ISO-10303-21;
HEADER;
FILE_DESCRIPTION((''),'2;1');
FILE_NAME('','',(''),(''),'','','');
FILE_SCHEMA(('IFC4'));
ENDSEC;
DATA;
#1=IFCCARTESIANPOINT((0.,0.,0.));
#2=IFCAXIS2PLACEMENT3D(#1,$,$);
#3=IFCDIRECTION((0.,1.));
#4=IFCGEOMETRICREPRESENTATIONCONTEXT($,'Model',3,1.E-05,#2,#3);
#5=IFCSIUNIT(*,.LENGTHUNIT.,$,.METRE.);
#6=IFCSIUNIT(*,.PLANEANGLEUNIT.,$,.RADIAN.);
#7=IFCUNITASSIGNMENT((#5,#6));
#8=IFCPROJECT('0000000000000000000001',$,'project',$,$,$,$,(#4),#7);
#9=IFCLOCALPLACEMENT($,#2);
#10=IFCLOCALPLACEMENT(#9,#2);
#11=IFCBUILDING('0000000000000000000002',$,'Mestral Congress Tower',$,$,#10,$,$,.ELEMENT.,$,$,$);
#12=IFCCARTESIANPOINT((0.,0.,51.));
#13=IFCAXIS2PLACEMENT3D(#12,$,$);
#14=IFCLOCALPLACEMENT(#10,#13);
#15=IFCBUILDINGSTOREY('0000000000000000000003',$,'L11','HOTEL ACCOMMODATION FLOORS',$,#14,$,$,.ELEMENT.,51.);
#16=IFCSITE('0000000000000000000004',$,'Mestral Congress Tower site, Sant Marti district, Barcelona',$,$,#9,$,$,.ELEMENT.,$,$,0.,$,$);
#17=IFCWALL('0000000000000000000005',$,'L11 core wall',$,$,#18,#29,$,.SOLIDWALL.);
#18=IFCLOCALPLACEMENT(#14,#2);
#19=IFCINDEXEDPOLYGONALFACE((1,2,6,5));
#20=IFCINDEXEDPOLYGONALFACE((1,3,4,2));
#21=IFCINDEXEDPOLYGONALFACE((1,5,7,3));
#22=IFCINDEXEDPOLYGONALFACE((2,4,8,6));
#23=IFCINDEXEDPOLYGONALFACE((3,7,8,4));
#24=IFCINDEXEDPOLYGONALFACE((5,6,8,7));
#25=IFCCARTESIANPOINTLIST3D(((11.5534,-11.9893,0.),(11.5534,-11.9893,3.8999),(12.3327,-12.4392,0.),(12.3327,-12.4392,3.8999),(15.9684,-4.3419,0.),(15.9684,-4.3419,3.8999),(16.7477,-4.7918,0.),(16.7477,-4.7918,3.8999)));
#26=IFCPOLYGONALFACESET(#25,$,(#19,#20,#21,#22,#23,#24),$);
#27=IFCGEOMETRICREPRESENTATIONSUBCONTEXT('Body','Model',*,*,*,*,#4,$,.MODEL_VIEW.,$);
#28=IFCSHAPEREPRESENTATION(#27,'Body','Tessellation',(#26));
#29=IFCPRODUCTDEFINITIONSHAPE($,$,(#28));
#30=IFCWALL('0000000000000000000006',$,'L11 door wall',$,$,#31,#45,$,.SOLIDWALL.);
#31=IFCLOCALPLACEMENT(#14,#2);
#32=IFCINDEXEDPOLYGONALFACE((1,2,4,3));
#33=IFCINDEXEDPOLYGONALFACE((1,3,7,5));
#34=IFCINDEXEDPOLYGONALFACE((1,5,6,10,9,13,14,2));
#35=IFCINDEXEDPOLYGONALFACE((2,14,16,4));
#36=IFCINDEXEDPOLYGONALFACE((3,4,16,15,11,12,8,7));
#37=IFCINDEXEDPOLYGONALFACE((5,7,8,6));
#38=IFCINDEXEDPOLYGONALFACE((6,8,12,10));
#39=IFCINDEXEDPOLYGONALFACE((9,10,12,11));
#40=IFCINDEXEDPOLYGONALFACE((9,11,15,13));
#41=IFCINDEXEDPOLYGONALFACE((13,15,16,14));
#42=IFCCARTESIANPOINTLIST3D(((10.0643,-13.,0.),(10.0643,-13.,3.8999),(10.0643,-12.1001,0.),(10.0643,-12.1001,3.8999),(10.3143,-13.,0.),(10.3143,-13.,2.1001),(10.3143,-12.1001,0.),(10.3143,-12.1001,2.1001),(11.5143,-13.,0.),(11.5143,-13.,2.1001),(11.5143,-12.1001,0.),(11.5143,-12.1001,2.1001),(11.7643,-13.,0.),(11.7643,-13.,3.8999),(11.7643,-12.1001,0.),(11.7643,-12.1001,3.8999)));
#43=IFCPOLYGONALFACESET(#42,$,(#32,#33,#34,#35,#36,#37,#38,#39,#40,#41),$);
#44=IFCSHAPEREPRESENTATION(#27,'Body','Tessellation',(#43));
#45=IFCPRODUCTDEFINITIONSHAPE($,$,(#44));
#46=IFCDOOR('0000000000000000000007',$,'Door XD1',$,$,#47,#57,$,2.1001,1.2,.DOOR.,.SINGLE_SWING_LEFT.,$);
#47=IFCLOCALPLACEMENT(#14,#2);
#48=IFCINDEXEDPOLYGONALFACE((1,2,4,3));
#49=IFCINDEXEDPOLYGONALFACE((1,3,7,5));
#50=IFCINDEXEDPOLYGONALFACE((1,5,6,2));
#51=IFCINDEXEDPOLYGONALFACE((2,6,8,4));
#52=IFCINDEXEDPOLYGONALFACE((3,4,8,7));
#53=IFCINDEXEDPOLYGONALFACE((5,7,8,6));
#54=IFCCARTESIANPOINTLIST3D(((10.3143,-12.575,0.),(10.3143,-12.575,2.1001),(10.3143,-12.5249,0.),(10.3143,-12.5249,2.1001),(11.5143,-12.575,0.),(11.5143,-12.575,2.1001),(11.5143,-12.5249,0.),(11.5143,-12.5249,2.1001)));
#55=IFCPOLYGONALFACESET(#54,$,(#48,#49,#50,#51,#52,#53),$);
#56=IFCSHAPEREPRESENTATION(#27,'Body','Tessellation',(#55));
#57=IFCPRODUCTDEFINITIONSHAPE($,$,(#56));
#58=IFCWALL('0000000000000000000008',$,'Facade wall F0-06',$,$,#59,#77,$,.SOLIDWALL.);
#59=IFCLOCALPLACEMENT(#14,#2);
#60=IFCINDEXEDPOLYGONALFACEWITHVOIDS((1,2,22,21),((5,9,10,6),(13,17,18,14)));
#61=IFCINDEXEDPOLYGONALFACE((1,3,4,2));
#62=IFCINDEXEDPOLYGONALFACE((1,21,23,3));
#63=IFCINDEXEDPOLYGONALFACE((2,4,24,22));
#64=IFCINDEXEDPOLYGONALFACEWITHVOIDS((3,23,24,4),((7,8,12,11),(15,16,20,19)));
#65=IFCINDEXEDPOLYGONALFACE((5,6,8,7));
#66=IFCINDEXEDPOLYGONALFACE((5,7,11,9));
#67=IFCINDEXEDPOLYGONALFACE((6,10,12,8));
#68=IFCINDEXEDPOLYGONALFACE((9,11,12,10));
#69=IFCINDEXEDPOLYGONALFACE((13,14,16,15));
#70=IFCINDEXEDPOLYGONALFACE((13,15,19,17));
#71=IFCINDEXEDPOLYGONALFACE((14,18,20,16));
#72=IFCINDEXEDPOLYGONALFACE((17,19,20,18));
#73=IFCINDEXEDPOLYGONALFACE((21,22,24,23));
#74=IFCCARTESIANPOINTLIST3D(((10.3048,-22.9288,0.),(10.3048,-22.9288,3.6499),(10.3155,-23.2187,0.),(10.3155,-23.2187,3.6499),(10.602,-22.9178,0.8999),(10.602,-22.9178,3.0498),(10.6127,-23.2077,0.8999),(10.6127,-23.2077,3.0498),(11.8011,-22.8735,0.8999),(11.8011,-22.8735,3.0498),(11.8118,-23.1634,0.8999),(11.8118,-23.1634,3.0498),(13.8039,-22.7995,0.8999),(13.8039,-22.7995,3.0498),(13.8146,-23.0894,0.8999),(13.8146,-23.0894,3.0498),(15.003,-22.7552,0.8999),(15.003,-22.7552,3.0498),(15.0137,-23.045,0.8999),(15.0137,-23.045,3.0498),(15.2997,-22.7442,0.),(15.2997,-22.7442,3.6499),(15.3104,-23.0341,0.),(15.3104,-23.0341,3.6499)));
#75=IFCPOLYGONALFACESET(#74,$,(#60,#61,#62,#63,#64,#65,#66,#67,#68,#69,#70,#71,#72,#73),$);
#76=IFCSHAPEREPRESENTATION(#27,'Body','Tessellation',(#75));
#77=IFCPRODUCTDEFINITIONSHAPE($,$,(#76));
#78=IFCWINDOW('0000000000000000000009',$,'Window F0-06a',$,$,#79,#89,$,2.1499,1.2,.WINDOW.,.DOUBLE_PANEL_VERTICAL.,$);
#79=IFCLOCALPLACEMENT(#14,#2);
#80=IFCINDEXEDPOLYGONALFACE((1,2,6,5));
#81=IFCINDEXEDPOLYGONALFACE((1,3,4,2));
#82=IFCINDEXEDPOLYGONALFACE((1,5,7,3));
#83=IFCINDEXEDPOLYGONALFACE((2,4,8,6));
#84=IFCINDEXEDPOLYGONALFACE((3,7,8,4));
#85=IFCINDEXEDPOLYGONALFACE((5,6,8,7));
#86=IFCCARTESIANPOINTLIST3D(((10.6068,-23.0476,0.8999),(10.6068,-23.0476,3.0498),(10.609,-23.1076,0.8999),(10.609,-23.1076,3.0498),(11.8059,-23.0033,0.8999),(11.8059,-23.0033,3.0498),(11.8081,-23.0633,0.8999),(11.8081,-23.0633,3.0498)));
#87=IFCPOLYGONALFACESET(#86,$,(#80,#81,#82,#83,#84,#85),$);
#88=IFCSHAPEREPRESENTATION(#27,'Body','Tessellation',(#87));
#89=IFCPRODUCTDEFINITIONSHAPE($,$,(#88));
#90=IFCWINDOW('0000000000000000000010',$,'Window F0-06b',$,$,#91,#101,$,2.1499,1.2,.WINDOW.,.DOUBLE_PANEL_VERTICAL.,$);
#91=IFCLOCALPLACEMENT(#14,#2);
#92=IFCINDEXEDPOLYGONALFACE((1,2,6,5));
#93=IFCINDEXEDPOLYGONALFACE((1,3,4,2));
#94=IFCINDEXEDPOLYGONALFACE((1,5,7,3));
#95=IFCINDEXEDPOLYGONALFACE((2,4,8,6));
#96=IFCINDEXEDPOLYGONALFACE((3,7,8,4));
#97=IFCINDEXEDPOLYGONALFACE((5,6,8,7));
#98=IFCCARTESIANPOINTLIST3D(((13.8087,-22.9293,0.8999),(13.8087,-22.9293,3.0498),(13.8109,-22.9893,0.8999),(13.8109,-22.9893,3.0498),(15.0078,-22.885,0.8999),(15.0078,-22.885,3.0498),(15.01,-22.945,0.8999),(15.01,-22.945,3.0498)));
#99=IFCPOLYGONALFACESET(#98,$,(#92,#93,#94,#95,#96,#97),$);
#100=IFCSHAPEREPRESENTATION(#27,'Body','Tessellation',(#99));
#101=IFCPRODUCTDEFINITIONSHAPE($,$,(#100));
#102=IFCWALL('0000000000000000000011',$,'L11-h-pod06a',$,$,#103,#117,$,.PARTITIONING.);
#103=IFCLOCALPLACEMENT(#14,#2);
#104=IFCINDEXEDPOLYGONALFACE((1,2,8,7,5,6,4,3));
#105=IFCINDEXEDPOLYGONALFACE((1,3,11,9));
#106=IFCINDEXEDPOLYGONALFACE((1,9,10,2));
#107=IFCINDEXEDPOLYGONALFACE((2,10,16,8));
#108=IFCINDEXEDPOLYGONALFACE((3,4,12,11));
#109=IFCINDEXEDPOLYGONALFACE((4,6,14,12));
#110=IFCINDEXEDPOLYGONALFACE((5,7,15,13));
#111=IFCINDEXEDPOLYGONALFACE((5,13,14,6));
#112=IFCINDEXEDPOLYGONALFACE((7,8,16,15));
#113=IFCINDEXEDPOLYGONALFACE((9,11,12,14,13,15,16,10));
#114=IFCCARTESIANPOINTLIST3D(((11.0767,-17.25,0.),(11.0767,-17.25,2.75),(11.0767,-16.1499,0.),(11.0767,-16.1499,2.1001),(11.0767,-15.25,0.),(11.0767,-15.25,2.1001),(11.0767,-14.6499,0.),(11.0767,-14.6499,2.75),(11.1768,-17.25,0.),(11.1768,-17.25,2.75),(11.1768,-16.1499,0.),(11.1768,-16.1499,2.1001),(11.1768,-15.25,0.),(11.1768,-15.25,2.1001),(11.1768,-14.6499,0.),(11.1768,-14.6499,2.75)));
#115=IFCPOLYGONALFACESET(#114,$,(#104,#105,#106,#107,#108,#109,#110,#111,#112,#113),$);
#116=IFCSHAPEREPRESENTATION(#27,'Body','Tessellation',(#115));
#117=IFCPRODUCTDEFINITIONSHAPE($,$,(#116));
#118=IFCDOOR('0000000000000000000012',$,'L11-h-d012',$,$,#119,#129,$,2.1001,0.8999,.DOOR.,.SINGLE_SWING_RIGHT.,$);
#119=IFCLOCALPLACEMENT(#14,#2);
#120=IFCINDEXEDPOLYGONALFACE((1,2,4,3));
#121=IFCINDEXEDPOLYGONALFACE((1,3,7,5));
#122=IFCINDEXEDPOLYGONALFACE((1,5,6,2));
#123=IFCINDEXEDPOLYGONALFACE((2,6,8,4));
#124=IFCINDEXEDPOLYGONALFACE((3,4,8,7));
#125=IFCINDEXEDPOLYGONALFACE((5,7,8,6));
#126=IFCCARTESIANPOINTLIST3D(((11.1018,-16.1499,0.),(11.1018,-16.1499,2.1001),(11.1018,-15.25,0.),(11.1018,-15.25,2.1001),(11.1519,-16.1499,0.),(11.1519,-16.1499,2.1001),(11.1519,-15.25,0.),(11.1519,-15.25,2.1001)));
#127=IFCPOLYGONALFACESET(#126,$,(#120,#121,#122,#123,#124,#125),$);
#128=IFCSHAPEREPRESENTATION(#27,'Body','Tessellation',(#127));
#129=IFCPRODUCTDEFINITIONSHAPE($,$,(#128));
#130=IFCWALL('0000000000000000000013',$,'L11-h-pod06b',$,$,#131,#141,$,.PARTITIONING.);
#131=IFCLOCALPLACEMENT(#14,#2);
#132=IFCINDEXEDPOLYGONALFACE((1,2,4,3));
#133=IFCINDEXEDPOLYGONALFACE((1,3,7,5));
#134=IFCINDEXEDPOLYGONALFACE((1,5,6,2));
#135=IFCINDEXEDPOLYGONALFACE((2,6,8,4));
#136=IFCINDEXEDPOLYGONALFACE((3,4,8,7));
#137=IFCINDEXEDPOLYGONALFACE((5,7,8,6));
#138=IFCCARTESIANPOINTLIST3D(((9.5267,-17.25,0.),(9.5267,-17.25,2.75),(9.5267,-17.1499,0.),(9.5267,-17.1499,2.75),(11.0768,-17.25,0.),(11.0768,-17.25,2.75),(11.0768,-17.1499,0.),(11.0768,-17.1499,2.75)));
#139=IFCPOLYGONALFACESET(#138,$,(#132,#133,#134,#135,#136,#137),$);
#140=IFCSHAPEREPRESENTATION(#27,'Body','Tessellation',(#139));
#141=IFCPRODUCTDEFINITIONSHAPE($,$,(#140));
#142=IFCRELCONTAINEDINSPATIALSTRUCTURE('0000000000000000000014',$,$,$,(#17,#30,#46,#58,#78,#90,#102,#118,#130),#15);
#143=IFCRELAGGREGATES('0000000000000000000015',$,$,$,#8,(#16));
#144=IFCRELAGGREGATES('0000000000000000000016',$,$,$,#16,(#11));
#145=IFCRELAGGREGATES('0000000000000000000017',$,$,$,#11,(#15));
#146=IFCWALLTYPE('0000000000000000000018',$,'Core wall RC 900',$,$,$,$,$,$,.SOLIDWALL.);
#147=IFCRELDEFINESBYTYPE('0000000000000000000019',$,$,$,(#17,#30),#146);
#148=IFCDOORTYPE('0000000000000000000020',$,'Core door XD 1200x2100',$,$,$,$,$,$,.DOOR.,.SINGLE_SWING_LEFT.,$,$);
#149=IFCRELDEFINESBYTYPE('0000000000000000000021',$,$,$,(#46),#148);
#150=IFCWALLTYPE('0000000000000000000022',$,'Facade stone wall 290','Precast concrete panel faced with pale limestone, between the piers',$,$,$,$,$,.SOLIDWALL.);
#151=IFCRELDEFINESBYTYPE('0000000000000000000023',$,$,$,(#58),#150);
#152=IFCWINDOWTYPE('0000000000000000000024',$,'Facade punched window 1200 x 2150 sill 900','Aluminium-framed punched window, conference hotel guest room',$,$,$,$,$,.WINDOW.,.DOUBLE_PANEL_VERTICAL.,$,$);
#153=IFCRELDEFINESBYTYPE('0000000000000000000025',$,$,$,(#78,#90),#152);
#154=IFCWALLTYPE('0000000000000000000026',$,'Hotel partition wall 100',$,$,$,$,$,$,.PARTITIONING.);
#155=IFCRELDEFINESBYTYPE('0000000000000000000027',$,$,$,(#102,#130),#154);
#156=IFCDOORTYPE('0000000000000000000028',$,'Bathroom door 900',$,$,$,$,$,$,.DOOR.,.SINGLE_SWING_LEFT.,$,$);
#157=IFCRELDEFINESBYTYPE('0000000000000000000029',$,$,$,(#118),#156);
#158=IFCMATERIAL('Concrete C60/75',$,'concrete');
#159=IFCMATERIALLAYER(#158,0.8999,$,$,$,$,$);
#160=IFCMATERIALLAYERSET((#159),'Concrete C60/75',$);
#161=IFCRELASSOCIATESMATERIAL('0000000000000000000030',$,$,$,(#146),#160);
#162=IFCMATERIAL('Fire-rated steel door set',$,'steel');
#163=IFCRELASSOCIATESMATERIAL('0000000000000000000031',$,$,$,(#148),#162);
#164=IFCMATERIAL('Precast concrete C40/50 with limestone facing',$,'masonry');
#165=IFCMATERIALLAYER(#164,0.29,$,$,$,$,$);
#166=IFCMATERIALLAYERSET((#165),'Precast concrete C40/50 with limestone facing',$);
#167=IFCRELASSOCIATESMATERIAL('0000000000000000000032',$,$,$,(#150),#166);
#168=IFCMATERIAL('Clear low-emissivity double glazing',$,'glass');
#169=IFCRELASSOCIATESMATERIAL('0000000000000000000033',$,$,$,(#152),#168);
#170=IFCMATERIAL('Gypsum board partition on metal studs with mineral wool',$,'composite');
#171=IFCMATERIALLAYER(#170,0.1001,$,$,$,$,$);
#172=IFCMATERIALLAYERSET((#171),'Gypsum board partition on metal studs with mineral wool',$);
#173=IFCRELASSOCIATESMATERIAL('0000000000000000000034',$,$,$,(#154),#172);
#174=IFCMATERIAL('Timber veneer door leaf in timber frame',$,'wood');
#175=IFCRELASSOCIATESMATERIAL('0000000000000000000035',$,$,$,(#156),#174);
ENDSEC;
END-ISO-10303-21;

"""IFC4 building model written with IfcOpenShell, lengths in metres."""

from ifc_helpers import new_model, si_unit, direction, frame, frame_2d, origin, place, context, subcontext, project, spatial, rectangle, extrude, material, layer, layer_set, type_object, element, fill, save


model = new_model("IFC4")

# Units and contexts
model_context = context("Model", 3, precision=1e-05, world=origin(), true_north=direction((0.0, 1.0)))
body_context = subcontext(model_context, "Body", "Model", "MODEL_VIEW")
ifc_project = project(units=[si_unit("LENGTHUNIT", "METRE"), si_unit("PLANEANGLEUNIT", "RADIAN")], contexts=[model_context])

# Site, building, storey
site_placement = place(None, origin())
site = spatial("IfcSite", under=ifc_project, at=site_placement, Name="Mestral Congress Tower site, Sant Marti district, Barcelona", CompositionType="ELEMENT", RefElevation=0.0)
building_placement = place(site_placement, origin())
building = spatial("IfcBuilding", under=site, at=building_placement, Name="Mestral Congress Tower", CompositionType="ELEMENT")
storey_placement = place(building_placement, frame((0.0, 0.0, 51.0)))
storey = spatial("IfcBuildingStorey", under=building, at=storey_placement, Name="L11", Description="HOTEL ACCOMMODATION FLOORS", CompositionType="ELEMENT", Elevation=51.0)

# Wall
ifc_material_1 = material(Name="Concrete C60/75", Category="concrete")
ifc_layer_1 = layer(ifc_material_1, 0.8999)
ifc_layer_set_1 = layer_set([ifc_layer_1], Name="Concrete C60/75")
wall_type_1 = type_object("IfcWallType", Name="Core wall RC 900", PredefinedType="SOLIDWALL", material=ifc_layer_set_1)
wall_1_placement = place(storey_placement, frame((11.9431, -12.2141, 0.0), z_axis=(0.0, 0.0, 1.0), x_axis=(0.499981, 0.866036, 0.0)))
element("IfcWall", 1, at=wall_1_placement, inside=storey, type_object=wall_type_1, Name="L11 core wall", PredefinedType="SOLIDWALL", context=body_context, shape_type="SweptSolid", body=[
    extrude(rectangle(XDim=8.8303, YDim=0.8999, at=frame_2d((4.415, 0.0))), origin(), (0.0, 0.0, 1.0), 3.8999),
])

# Wall, opening, door
wall_2_placement = place(storey_placement, frame((11.7644, -12.55, 0.0), z_axis=(0.0, 0.0, 1.0), x_axis=(-1.0, 0.0, 0.0)))
wall_2 = element("IfcWall", 2, at=wall_2_placement, inside=storey, type_object=wall_type_1, Name="L11 door wall", PredefinedType="SOLIDWALL", context=body_context, shape_type="SweptSolid", body=[
    extrude(rectangle(XDim=1.7, YDim=0.8999, at=frame_2d((0.8501, 0.0))), origin(), (0.0, 0.0, 1.0), 3.8999),
])
opening_1_placement = place(wall_2_placement, frame((0.25, 0.0, 0.0)))
opening_1 = element("IfcOpeningElement", 3, at=opening_1_placement, cuts=wall_2, PredefinedType="OPENING", context=body_context, shape_type="SweptSolid", body=[
    extrude(rectangle(XDim=1.2, YDim=2.1001, at=frame_2d((0.6001, 1.05))), frame((0.0, 0.46, 0.0), z_axis=(0.0, -1.0, 0.0), x_axis=(1.0, 0.0, 0.0)), (0.0, 0.0, 1.0), 0.9199),
])
ifc_material_2 = material(Name="Fire-rated steel door set", Category="steel")
door_type_1 = type_object("IfcDoorType", Name="Core door XD 1200x2100", OperationType="SINGLE_SWING_LEFT", PredefinedType="DOOR", material=ifc_material_2)
door_1_placement = place(opening_1_placement, origin())
door_1 = element("IfcDoor", 4, at=door_1_placement, inside=storey, type_object=door_type_1, Name="Door XD1", OperationType="SINGLE_SWING_LEFT", OverallHeight=2.1001, OverallWidth=1.2, PredefinedType="DOOR", context=body_context, shape_type="SweptSolid", body=[
    extrude(rectangle(XDim=1.2, YDim=2.1001, at=frame_2d((0.6001, 1.05))), frame((0.0, 0.0249, 0.0), z_axis=(0.0, -1.0, 0.0), x_axis=(1.0, 0.0, 0.0)), (0.0, 0.0, 1.0), 0.05),
])
fill(opening_1, door_1)

# Wall, openings, windows
ifc_material_3 = material(Name="Precast concrete C40/50 with limestone facing", Category="masonry")
ifc_layer_2 = layer(ifc_material_3, 0.29)
ifc_layer_set_2 = layer_set([ifc_layer_2], Name="Precast concrete C40/50 with limestone facing")
wall_type_2 = type_object("IfcWallType", Name="Facade stone wall 290", Description="Precast concrete panel faced with pale limestone, between the piers", PredefinedType="SOLIDWALL", material=ifc_layer_set_2)
wall_3_placement = place(storey_placement, frame((10.3103, -23.0737, 0.0), z_axis=(0.0, 0.0, 1.0), x_axis=(0.999318, 0.036927, 0.0)))
wall_3 = element("IfcWall", 5, at=wall_3_placement, inside=storey, type_object=wall_type_2, Name="Facade wall F0-06", PredefinedType="SOLIDWALL", context=body_context, shape_type="SweptSolid", body=[
    extrude(rectangle(XDim=4.9983, YDim=0.29, at=frame_2d((2.499, 0.0))), origin(), (0.0, 0.0, 1.0), 3.6499),
])
opening_2_placement = place(wall_3_placement, frame((0.2971, 0.0, 0.8999)))
opening_2 = element("IfcOpeningElement", 6, at=opening_2_placement, cuts=wall_3, PredefinedType="OPENING", context=body_context, shape_type="SweptSolid", body=[
    extrude(rectangle(XDim=1.2, YDim=2.1499, at=frame_2d((0.6001, 1.075))), frame((0.0, 0.155, 0.0), z_axis=(0.0, -1.0, 0.0), x_axis=(1.0, 0.0, 0.0)), (0.0, 0.0, 1.0), 0.3101),
])
opening_3_placement = place(wall_3_placement, frame((3.5012, 0.0, 0.8999)))
opening_3 = element("IfcOpeningElement", 7, at=opening_3_placement, cuts=wall_3, PredefinedType="OPENING", context=body_context, shape_type="SweptSolid", body=[
    extrude(rectangle(XDim=1.2, YDim=2.1499, at=frame_2d((0.6001, 1.075))), frame((0.0, 0.155, 0.0), z_axis=(0.0, -1.0, 0.0), x_axis=(1.0, 0.0, 0.0)), (0.0, 0.0, 1.0), 0.3101),
])
ifc_material_4 = material(Name="Clear low-emissivity double glazing", Category="glass")
window_type = type_object("IfcWindowType", Name="Facade punched window 1200 x 2150 sill 900", Description="Aluminium-framed punched window, conference hotel guest room", PartitioningType="DOUBLE_PANEL_VERTICAL", PredefinedType="WINDOW", material=ifc_material_4)
window_1_placement = place(opening_2_placement, origin())
window_1 = element("IfcWindow", 8, at=window_1_placement, inside=storey, type_object=window_type, Name="Window F0-06a", OverallHeight=2.1499, OverallWidth=1.2, PartitioningType="DOUBLE_PANEL_VERTICAL", PredefinedType="WINDOW", context=body_context, shape_type="SweptSolid", body=[
    extrude(rectangle(XDim=1.2, YDim=2.1499, at=frame_2d((0.6001, 1.075))), frame((0.0, 0.0151, 0.0), z_axis=(0.0, -1.0, 0.0), x_axis=(1.0, 0.0, 0.0)), (0.0, 0.0, 1.0), 0.0601),
])
fill(opening_2, window_1)
window_2_placement = place(opening_3_placement, origin())
window_2 = element("IfcWindow", 9, at=window_2_placement, inside=storey, type_object=window_type, Name="Window F0-06b", OverallHeight=2.1499, OverallWidth=1.2, PartitioningType="DOUBLE_PANEL_VERTICAL", PredefinedType="WINDOW", context=body_context, shape_type="SweptSolid", body=[
    extrude(rectangle(XDim=1.2, YDim=2.1499, at=frame_2d((0.6001, 1.075))), frame((0.0, 0.0151, 0.0), z_axis=(0.0, -1.0, 0.0), x_axis=(1.0, 0.0, 0.0)), (0.0, 0.0, 1.0), 0.0601),
])
fill(opening_3, window_2)

# Wall, opening, door
ifc_material_5 = material(Name="Gypsum board partition on metal studs with mineral wool", Category="composite")
ifc_layer_3 = layer(ifc_material_5, 0.1001)
ifc_layer_set_3 = layer_set([ifc_layer_3], Name="Gypsum board partition on metal studs with mineral wool")
wall_type_3 = type_object("IfcWallType", Name="Hotel partition wall 100", PredefinedType="PARTITIONING", material=ifc_layer_set_3)
wall_4_placement = place(storey_placement, frame((11.1267, -17.25, 0.0), z_axis=(0.0, 0.0, 1.0), x_axis=(0.0, 1.0, 0.0)))
wall_4 = element("IfcWall", 10, at=wall_4_placement, inside=storey, type_object=wall_type_3, Name="L11-h-pod06a", PredefinedType="PARTITIONING", context=body_context, shape_type="SweptSolid", body=[
    extrude(rectangle(XDim=2.6001, YDim=0.1001, at=frame_2d((1.3, 0.0))), origin(), (0.0, 0.0, 1.0), 2.75),
])
opening_4_placement = place(wall_4_placement, frame((1.1001, 0.0, 0.0)))
opening_4 = element("IfcOpeningElement", 11, at=opening_4_placement, cuts=wall_4, PredefinedType="OPENING", context=body_context, shape_type="SweptSolid", body=[
    extrude(rectangle(XDim=0.8999, YDim=2.1001, at=frame_2d((0.45, 1.05))), frame((0.0, 0.0601, 0.0), z_axis=(0.0, -1.0, 0.0), x_axis=(1.0, 0.0, 0.0)), (0.0, 0.0, 1.0), 0.1201),
])
ifc_material_6 = material(Name="Timber veneer door leaf in timber frame", Category="wood")
door_type_2 = type_object("IfcDoorType", Name="Bathroom door 900", OperationType="SINGLE_SWING_LEFT", PredefinedType="DOOR", material=ifc_material_6)
door_2_placement = place(opening_4_placement, origin())
door_2 = element("IfcDoor", 12, at=door_2_placement, inside=storey, type_object=door_type_2, Name="L11-h-d012", OperationType="SINGLE_SWING_RIGHT", OverallHeight=2.1001, OverallWidth=0.8999, PredefinedType="DOOR", context=body_context, shape_type="SweptSolid", body=[
    extrude(rectangle(XDim=0.8999, YDim=2.1001, at=frame_2d((0.45, 1.05))), frame((0.0, 0.0249, 0.0), z_axis=(0.0, -1.0, 0.0), x_axis=(1.0, 0.0, 0.0)), (0.0, 0.0, 1.0), 0.05),
])
fill(opening_4, door_2)

# Wall
wall_5_placement = place(storey_placement, frame((11.0767, -17.2, 0.0), z_axis=(0.0, 0.0, 1.0), x_axis=(-1.0, 0.0, 0.0)))
element("IfcWall", 13, at=wall_5_placement, inside=storey, type_object=wall_type_3, Name="L11-h-pod06b", PredefinedType="PARTITIONING", context=body_context, shape_type="SweptSolid", body=[
    extrude(rectangle(XDim=1.55, YDim=0.1001, at=frame_2d((0.7749, 0.0))), origin(), (0.0, 0.0, 1.0), 2.75),
])

save(model, "model.ifc")
